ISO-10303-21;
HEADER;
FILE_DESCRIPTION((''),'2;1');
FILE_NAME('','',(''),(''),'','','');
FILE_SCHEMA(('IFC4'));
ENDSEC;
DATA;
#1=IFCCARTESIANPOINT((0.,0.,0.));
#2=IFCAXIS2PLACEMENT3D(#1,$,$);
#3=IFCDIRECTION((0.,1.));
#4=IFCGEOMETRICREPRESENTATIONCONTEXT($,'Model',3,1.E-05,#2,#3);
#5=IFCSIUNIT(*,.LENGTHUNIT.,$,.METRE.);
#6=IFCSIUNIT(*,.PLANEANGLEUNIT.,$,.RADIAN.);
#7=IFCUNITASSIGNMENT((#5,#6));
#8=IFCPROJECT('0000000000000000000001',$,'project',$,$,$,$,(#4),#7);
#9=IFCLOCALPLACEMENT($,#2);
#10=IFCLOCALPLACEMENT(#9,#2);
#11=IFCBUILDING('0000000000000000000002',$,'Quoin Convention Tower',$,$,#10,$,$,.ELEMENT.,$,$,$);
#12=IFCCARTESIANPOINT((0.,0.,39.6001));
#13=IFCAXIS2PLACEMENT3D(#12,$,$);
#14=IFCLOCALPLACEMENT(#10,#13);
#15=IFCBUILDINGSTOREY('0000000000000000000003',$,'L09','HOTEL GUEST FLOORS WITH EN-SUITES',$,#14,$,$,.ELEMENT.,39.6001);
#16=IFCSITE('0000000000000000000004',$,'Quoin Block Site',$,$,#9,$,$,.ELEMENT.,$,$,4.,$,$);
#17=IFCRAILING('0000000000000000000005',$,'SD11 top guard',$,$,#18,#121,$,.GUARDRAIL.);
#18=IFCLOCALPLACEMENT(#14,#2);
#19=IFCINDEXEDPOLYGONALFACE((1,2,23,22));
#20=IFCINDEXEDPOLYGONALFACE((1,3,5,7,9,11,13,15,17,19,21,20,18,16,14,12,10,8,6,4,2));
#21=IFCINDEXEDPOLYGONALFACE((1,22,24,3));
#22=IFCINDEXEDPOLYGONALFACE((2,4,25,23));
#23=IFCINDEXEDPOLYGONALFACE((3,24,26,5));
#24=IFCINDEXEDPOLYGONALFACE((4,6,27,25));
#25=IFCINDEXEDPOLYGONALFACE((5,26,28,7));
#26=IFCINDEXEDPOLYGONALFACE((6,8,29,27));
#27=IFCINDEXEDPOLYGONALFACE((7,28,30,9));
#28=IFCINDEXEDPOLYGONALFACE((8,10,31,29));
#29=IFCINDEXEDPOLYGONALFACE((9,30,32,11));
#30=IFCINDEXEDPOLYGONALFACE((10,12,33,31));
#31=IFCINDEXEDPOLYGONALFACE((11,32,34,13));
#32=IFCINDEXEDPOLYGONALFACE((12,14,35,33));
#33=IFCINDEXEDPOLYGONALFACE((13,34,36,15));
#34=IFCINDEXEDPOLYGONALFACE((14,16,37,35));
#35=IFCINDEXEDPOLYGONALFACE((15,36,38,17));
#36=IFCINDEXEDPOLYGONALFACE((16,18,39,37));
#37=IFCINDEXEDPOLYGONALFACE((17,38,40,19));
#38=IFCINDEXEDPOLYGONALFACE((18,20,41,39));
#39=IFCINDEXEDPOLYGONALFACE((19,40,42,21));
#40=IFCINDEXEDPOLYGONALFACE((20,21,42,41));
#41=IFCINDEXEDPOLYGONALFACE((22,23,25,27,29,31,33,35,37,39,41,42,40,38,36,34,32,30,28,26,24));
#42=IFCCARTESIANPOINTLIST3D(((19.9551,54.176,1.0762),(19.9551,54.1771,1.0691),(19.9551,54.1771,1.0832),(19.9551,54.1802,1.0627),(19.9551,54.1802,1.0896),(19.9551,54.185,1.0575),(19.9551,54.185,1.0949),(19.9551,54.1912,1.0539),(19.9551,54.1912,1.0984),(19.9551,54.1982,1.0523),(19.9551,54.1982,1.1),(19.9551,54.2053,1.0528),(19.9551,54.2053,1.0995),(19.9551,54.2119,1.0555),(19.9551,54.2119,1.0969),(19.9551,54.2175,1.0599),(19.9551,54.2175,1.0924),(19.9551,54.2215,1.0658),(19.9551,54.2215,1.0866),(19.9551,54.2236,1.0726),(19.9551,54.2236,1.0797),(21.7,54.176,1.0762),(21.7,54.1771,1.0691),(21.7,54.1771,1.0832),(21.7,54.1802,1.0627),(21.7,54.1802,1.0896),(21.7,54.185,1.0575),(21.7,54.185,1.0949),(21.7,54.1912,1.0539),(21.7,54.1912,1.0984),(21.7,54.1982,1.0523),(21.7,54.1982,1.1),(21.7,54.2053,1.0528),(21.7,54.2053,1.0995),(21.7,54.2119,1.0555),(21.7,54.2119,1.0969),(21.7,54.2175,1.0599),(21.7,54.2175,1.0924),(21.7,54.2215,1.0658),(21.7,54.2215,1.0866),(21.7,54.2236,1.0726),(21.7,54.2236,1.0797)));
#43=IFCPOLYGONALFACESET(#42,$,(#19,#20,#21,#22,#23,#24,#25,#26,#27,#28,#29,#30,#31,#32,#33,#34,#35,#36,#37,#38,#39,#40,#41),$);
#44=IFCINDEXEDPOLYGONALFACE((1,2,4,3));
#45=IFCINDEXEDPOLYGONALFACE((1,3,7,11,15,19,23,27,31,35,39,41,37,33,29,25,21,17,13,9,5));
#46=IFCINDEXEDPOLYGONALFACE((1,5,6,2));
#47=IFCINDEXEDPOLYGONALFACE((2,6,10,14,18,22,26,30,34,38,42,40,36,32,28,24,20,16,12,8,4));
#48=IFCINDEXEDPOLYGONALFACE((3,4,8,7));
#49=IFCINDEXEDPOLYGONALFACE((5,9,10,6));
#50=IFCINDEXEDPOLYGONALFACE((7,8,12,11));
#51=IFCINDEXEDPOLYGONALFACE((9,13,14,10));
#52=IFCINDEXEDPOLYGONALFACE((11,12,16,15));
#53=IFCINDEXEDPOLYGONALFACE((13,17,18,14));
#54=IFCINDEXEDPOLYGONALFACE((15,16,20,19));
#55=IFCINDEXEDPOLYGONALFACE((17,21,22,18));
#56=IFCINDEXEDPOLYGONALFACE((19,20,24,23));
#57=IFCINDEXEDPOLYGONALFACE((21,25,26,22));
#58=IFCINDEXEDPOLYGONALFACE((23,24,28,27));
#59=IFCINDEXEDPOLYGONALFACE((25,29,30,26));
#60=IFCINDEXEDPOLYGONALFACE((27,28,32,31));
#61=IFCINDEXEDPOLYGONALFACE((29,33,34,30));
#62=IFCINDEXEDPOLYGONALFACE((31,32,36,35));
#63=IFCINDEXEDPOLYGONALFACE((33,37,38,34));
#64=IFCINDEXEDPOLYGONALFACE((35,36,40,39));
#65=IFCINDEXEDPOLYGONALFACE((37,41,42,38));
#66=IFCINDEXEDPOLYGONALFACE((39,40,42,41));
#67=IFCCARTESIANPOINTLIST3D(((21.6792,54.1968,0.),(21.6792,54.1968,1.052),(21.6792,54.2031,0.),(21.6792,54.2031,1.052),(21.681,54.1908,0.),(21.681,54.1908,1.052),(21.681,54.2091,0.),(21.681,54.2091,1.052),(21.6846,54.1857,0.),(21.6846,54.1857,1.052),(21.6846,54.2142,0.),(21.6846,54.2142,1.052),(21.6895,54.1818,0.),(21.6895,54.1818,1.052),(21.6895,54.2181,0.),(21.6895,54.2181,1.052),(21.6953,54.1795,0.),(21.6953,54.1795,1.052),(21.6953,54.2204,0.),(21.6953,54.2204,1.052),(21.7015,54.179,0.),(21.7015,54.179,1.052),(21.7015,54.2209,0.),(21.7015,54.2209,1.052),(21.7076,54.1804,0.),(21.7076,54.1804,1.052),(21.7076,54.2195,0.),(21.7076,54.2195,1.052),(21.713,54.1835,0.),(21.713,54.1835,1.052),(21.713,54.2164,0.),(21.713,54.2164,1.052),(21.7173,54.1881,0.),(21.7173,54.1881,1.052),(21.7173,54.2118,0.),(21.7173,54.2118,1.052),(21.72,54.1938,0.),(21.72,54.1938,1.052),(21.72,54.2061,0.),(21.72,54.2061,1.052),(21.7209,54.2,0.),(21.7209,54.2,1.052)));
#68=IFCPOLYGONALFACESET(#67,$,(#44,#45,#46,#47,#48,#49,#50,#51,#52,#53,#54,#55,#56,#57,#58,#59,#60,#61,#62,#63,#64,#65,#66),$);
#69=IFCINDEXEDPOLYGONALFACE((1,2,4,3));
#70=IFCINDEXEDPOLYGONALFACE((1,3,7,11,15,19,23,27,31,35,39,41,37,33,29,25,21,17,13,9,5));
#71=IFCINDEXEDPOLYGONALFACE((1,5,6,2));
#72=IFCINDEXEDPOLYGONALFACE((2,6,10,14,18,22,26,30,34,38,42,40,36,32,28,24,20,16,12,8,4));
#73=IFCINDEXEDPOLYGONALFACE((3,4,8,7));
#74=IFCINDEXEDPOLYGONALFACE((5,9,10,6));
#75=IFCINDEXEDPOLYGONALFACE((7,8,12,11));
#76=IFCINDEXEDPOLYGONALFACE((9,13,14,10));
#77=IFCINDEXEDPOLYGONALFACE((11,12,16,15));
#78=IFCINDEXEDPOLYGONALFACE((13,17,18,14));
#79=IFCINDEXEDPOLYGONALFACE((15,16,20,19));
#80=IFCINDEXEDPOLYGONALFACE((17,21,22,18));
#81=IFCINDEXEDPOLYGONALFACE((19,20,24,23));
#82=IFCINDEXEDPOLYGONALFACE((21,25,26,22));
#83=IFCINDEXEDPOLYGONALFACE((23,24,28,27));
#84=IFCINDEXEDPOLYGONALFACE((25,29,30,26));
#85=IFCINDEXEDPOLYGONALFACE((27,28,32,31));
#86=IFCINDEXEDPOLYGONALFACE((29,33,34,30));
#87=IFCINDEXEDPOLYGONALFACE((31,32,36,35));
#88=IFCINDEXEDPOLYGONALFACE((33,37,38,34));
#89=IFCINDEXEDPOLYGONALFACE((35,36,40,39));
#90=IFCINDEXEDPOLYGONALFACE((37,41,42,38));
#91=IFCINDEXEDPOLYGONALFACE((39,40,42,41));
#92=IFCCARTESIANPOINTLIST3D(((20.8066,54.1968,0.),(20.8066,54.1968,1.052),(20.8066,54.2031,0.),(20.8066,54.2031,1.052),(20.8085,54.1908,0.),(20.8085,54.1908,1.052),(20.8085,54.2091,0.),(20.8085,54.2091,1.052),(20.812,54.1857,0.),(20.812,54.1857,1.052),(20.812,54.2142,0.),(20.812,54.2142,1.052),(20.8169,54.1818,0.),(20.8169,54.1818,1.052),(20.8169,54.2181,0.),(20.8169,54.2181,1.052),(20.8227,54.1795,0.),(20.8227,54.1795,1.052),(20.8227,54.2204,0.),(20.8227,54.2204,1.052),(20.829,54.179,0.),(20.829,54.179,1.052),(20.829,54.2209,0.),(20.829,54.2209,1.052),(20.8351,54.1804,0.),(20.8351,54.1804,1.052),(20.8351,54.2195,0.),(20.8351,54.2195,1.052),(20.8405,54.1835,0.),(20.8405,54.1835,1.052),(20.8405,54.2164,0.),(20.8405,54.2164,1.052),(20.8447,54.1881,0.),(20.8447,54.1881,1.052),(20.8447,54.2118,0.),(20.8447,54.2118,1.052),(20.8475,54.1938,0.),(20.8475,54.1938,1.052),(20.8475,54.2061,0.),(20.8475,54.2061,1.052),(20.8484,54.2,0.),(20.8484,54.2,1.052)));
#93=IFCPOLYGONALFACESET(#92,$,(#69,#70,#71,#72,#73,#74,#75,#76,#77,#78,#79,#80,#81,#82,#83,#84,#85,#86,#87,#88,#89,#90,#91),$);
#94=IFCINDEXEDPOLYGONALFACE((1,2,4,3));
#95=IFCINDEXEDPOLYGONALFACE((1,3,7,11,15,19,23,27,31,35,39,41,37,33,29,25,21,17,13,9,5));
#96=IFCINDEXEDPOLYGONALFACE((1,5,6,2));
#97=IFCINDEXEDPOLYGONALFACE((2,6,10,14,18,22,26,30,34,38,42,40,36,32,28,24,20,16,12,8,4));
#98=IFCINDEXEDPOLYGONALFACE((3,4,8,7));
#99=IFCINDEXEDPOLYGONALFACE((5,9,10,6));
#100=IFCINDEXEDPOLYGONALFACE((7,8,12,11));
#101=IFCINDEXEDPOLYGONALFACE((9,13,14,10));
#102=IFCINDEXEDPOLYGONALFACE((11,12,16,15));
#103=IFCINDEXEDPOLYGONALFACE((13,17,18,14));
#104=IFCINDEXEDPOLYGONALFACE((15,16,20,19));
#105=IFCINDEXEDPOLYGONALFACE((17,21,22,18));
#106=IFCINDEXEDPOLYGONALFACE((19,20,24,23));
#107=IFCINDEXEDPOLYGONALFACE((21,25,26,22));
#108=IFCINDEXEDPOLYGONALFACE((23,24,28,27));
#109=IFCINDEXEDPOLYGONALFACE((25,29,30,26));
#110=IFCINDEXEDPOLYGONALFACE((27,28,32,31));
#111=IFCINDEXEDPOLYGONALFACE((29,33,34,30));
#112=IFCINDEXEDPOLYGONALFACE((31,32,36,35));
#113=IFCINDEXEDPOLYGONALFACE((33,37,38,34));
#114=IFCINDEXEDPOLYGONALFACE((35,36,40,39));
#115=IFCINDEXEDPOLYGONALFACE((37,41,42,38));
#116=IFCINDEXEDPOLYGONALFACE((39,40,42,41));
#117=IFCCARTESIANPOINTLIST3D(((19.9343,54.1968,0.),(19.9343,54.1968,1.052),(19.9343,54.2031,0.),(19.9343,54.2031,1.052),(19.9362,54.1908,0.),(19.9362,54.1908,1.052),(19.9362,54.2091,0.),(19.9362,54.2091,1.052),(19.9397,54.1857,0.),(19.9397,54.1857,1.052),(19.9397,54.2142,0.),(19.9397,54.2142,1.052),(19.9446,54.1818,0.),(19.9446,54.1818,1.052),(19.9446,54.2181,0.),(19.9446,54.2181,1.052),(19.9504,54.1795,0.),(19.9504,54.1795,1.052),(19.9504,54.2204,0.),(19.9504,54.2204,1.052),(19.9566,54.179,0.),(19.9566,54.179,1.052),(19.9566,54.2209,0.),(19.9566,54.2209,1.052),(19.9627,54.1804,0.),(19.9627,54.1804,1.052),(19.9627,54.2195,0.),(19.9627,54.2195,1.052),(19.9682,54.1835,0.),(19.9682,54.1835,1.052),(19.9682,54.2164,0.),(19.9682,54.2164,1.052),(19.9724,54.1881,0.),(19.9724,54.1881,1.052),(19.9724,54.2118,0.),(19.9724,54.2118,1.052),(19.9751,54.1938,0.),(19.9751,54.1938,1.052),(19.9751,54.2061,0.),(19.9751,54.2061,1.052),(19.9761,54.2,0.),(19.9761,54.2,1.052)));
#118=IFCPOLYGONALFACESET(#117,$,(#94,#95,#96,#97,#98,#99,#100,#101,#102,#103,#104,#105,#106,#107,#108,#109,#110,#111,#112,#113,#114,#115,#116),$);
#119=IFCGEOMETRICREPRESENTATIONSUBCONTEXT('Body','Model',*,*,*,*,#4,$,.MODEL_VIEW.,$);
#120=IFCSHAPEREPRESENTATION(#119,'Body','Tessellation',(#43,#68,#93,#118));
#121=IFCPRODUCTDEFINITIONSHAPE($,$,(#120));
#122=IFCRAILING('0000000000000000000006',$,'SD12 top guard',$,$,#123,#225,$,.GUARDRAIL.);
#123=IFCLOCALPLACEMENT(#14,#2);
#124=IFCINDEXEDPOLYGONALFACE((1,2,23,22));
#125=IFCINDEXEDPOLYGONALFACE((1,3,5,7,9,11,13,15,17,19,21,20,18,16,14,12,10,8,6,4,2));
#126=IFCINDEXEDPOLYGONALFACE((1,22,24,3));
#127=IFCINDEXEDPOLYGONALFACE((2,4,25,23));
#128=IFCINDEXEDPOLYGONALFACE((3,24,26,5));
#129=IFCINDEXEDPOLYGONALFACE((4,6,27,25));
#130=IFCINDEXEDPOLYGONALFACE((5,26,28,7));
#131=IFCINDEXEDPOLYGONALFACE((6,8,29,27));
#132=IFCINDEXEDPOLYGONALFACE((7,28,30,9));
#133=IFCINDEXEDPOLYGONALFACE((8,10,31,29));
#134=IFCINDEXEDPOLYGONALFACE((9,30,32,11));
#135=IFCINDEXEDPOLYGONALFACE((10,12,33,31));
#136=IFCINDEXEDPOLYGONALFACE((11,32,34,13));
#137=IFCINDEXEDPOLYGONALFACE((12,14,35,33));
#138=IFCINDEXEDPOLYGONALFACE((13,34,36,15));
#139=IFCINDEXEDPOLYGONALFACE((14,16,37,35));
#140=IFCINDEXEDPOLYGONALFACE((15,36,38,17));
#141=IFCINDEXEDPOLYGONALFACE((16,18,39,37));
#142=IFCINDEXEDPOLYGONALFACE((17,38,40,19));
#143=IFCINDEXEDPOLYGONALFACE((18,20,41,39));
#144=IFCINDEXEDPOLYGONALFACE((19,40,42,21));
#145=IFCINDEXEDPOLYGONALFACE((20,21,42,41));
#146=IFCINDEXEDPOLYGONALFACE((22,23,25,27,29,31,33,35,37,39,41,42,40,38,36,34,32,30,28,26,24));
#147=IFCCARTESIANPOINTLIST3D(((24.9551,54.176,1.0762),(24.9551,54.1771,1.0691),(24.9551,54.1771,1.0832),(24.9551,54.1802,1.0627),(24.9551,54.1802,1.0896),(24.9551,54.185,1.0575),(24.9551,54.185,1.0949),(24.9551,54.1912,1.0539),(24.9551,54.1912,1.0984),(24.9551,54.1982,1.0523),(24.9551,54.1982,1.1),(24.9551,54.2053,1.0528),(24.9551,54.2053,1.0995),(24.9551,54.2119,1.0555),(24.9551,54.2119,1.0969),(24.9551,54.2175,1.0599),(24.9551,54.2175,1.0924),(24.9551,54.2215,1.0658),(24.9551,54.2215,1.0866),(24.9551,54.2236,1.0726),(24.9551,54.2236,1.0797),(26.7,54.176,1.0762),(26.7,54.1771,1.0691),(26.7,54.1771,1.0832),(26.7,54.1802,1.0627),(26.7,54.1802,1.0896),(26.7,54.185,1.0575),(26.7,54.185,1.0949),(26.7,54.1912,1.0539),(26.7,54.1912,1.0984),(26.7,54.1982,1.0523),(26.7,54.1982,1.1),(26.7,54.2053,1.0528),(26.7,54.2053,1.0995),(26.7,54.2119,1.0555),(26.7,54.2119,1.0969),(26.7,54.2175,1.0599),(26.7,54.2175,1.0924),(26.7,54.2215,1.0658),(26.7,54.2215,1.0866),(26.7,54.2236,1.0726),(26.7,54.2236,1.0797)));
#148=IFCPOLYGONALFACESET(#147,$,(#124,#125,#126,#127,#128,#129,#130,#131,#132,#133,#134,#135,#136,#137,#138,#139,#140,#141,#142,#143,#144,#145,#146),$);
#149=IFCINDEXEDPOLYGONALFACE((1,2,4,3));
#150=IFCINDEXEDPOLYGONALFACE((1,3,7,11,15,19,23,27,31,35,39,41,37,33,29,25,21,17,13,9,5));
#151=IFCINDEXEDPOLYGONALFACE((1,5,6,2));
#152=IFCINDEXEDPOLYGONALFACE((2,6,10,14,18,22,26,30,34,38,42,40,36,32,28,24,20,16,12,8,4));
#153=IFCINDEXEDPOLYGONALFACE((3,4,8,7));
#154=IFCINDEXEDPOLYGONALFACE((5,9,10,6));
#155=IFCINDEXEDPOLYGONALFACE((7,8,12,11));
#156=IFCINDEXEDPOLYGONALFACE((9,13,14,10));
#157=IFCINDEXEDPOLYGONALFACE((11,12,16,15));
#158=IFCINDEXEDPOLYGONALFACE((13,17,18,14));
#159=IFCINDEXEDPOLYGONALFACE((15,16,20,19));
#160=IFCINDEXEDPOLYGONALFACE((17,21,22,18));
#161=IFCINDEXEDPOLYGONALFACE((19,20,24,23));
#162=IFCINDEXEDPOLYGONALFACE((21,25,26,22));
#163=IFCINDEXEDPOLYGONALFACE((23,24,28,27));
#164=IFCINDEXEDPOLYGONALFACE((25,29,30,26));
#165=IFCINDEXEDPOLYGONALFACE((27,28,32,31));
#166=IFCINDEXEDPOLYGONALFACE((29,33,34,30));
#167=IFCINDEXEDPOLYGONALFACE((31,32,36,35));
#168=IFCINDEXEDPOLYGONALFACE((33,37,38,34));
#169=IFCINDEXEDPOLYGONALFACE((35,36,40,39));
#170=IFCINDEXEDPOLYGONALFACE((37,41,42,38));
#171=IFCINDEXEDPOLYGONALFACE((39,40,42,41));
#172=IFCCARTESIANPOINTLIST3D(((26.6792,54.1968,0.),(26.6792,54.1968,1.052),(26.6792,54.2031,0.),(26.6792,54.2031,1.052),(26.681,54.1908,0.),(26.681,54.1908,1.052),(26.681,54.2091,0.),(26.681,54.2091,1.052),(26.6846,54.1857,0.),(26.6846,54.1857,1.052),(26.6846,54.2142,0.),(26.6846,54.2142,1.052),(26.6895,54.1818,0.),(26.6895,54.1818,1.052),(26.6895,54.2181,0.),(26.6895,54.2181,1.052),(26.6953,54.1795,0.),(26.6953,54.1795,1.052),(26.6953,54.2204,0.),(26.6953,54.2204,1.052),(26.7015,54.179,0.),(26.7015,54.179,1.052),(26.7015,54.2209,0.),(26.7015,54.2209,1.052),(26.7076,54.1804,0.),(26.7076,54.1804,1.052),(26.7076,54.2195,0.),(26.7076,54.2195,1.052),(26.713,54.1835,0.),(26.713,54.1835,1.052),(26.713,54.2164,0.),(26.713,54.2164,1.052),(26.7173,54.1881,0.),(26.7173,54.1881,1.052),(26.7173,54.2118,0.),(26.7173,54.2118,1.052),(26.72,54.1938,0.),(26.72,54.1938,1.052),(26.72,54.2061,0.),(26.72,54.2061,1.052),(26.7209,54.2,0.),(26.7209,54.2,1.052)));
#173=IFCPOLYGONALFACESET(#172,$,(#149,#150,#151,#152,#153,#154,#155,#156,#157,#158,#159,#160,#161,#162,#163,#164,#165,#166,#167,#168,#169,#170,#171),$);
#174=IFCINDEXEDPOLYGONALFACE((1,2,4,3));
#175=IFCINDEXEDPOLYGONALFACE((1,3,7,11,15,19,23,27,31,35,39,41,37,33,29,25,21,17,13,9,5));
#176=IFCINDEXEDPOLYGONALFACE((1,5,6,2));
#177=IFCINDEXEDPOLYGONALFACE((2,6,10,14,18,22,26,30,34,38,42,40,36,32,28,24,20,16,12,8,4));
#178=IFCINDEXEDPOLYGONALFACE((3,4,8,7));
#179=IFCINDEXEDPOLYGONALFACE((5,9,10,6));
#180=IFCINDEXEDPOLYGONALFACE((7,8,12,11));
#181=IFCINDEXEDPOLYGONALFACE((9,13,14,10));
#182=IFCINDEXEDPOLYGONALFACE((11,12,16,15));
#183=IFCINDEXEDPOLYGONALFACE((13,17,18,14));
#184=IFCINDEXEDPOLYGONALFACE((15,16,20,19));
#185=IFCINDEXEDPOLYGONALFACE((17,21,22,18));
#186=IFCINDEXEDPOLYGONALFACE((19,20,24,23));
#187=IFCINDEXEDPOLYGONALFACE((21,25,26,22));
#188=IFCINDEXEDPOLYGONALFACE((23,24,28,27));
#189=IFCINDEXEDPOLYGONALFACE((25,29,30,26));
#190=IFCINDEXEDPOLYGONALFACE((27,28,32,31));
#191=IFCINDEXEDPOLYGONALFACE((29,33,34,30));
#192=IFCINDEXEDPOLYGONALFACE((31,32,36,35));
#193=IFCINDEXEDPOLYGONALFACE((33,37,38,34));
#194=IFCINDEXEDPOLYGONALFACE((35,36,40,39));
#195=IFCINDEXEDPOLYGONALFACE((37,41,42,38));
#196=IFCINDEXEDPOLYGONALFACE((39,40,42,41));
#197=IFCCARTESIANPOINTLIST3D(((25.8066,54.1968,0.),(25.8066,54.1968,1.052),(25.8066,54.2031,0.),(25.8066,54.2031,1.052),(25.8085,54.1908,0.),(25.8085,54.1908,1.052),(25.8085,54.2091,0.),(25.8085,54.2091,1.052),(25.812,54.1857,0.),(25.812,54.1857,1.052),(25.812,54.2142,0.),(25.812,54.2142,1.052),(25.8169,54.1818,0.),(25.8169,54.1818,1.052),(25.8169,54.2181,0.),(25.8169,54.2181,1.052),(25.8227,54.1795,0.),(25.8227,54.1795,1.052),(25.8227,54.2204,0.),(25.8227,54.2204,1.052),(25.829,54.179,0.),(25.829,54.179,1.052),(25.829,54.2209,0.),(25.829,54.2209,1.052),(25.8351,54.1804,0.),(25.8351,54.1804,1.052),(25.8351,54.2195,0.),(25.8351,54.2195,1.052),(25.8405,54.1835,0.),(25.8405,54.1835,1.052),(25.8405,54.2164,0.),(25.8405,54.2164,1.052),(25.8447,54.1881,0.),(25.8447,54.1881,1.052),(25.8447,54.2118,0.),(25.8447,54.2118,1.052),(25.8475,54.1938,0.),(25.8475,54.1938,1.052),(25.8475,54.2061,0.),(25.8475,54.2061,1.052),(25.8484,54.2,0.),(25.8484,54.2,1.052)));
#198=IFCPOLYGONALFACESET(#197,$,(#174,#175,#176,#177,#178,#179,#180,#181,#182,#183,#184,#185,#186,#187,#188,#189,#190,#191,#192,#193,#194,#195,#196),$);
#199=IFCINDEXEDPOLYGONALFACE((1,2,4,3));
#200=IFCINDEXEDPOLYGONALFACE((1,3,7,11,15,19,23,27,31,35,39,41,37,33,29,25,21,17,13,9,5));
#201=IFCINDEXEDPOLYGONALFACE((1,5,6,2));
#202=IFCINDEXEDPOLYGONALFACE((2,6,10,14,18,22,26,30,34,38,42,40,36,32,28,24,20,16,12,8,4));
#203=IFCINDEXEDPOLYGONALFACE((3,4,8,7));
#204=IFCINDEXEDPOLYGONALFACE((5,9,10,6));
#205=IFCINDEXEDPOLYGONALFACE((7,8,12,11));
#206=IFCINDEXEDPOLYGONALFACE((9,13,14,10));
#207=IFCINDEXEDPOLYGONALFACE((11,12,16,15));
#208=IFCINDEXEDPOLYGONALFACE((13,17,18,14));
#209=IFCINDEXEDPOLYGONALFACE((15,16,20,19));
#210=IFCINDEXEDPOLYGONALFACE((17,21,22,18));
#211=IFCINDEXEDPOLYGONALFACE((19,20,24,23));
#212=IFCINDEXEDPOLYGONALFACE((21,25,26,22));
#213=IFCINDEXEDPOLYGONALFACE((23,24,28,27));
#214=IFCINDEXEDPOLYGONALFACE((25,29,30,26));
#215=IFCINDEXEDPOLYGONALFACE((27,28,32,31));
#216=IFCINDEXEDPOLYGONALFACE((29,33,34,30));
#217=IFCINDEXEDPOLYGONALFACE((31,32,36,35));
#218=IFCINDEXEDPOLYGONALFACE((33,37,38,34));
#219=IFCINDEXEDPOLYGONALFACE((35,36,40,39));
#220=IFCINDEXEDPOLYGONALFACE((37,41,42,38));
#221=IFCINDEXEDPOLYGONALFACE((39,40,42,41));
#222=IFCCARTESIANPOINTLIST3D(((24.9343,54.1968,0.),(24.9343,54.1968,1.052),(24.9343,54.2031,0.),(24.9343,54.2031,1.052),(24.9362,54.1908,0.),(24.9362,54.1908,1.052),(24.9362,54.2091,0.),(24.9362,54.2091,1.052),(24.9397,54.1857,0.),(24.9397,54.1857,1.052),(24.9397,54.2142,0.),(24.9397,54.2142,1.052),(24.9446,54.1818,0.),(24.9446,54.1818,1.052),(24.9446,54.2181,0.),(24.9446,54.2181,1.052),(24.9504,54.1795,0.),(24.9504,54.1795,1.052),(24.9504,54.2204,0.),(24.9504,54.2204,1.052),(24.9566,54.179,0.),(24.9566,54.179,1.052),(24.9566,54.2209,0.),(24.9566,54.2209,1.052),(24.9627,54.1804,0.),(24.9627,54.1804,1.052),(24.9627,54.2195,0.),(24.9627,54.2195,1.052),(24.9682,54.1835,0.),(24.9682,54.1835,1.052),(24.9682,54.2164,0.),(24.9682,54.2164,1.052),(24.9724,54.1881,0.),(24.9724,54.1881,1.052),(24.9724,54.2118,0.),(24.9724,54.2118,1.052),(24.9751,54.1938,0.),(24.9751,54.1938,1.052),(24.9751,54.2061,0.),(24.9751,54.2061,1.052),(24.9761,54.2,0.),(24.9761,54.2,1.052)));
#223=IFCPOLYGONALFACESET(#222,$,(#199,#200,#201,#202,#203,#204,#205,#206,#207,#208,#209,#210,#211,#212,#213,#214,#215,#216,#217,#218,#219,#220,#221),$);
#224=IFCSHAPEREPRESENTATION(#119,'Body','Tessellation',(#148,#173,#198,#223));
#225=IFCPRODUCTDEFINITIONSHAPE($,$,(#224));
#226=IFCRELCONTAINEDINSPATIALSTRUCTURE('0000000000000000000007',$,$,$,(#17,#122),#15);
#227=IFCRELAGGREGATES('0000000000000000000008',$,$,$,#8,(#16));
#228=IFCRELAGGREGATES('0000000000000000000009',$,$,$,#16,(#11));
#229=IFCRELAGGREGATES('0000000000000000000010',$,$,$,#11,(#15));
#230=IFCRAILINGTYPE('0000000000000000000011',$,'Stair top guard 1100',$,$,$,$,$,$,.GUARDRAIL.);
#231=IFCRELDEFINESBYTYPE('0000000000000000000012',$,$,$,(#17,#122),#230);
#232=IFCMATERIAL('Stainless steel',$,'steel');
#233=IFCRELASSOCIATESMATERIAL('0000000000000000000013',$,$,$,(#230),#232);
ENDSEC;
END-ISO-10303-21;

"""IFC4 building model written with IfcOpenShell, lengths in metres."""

from ifc_helpers import new_model, si_unit, direction, frame, origin, origin_2d, place, context, subcontext, project, spatial, circle, extrude, material, type_object, element, save


model = new_model("IFC4")

# Units and contexts
model_context = context("Model", 3, precision=1e-05, world=origin(), true_north=direction((0.0, 1.0)))
body_context = subcontext(model_context, "Body", "Model", "MODEL_VIEW")
ifc_project = project(units=[si_unit("LENGTHUNIT", "METRE"), si_unit("PLANEANGLEUNIT", "RADIAN")], contexts=[model_context])

# Site, building, storey
site_placement = place(None, origin())
site = spatial("IfcSite", under=ifc_project, at=site_placement, Name="Quoin Block Site", CompositionType="ELEMENT", RefElevation=4.0)
building_placement = place(site_placement, origin())
building = spatial("IfcBuilding", under=site, at=building_placement, Name="Quoin Convention Tower", CompositionType="ELEMENT")
storey_placement = place(building_placement, frame((0.0, 0.0, 39.6001)))
storey = spatial("IfcBuildingStorey", under=building, at=storey_placement, Name="L09", Description="HOTEL GUEST FLOORS WITH EN-SUITES", CompositionType="ELEMENT", Elevation=39.6001)

# Railings
ifc_material_1 = material(Name="Stainless steel", Category="steel")
railing_type_1 = type_object("IfcRailingType", Name="Stair top guard 1100", PredefinedType="GUARDRAIL", material=ifc_material_1)
for number, where, name in (
    (1, (21.7, 54.2, 0.0), "SD11 top guard"),
    (2, (26.7, 54.2, 0.0), "SD12 top guard"),
):
    element("IfcRailing", number, at=place(storey_placement, frame(where)), inside=storey, type_object=railing_type_1, Name=name, PredefinedType="GUARDRAIL", context=body_context, shape_type="SweptSolid", body=[
        extrude(circle(Radius=0.0239, at=origin_2d()), frame((0.0, 0.0, 1.0762), z_axis=(-1.0, 0.0, 0.0), x_axis=(0.0, -1.0, 0.0)), (0.0, 0.0, 1.0), 1.7449),
        extrude(circle(Radius=0.021, at=origin_2d()), origin(), (0.0, 0.0, 1.0), 1.052),
        extrude(circle(Radius=0.021, at=origin_2d()), frame((-0.8726, 0.0, 0.0)), (0.0, 0.0, 1.0), 1.052),
        extrude(circle(Radius=0.021, at=origin_2d()), frame((-1.7449, 0.0, 0.0)), (0.0, 0.0, 1.0), 1.052),
    ])

save(model, "model.ifc")
